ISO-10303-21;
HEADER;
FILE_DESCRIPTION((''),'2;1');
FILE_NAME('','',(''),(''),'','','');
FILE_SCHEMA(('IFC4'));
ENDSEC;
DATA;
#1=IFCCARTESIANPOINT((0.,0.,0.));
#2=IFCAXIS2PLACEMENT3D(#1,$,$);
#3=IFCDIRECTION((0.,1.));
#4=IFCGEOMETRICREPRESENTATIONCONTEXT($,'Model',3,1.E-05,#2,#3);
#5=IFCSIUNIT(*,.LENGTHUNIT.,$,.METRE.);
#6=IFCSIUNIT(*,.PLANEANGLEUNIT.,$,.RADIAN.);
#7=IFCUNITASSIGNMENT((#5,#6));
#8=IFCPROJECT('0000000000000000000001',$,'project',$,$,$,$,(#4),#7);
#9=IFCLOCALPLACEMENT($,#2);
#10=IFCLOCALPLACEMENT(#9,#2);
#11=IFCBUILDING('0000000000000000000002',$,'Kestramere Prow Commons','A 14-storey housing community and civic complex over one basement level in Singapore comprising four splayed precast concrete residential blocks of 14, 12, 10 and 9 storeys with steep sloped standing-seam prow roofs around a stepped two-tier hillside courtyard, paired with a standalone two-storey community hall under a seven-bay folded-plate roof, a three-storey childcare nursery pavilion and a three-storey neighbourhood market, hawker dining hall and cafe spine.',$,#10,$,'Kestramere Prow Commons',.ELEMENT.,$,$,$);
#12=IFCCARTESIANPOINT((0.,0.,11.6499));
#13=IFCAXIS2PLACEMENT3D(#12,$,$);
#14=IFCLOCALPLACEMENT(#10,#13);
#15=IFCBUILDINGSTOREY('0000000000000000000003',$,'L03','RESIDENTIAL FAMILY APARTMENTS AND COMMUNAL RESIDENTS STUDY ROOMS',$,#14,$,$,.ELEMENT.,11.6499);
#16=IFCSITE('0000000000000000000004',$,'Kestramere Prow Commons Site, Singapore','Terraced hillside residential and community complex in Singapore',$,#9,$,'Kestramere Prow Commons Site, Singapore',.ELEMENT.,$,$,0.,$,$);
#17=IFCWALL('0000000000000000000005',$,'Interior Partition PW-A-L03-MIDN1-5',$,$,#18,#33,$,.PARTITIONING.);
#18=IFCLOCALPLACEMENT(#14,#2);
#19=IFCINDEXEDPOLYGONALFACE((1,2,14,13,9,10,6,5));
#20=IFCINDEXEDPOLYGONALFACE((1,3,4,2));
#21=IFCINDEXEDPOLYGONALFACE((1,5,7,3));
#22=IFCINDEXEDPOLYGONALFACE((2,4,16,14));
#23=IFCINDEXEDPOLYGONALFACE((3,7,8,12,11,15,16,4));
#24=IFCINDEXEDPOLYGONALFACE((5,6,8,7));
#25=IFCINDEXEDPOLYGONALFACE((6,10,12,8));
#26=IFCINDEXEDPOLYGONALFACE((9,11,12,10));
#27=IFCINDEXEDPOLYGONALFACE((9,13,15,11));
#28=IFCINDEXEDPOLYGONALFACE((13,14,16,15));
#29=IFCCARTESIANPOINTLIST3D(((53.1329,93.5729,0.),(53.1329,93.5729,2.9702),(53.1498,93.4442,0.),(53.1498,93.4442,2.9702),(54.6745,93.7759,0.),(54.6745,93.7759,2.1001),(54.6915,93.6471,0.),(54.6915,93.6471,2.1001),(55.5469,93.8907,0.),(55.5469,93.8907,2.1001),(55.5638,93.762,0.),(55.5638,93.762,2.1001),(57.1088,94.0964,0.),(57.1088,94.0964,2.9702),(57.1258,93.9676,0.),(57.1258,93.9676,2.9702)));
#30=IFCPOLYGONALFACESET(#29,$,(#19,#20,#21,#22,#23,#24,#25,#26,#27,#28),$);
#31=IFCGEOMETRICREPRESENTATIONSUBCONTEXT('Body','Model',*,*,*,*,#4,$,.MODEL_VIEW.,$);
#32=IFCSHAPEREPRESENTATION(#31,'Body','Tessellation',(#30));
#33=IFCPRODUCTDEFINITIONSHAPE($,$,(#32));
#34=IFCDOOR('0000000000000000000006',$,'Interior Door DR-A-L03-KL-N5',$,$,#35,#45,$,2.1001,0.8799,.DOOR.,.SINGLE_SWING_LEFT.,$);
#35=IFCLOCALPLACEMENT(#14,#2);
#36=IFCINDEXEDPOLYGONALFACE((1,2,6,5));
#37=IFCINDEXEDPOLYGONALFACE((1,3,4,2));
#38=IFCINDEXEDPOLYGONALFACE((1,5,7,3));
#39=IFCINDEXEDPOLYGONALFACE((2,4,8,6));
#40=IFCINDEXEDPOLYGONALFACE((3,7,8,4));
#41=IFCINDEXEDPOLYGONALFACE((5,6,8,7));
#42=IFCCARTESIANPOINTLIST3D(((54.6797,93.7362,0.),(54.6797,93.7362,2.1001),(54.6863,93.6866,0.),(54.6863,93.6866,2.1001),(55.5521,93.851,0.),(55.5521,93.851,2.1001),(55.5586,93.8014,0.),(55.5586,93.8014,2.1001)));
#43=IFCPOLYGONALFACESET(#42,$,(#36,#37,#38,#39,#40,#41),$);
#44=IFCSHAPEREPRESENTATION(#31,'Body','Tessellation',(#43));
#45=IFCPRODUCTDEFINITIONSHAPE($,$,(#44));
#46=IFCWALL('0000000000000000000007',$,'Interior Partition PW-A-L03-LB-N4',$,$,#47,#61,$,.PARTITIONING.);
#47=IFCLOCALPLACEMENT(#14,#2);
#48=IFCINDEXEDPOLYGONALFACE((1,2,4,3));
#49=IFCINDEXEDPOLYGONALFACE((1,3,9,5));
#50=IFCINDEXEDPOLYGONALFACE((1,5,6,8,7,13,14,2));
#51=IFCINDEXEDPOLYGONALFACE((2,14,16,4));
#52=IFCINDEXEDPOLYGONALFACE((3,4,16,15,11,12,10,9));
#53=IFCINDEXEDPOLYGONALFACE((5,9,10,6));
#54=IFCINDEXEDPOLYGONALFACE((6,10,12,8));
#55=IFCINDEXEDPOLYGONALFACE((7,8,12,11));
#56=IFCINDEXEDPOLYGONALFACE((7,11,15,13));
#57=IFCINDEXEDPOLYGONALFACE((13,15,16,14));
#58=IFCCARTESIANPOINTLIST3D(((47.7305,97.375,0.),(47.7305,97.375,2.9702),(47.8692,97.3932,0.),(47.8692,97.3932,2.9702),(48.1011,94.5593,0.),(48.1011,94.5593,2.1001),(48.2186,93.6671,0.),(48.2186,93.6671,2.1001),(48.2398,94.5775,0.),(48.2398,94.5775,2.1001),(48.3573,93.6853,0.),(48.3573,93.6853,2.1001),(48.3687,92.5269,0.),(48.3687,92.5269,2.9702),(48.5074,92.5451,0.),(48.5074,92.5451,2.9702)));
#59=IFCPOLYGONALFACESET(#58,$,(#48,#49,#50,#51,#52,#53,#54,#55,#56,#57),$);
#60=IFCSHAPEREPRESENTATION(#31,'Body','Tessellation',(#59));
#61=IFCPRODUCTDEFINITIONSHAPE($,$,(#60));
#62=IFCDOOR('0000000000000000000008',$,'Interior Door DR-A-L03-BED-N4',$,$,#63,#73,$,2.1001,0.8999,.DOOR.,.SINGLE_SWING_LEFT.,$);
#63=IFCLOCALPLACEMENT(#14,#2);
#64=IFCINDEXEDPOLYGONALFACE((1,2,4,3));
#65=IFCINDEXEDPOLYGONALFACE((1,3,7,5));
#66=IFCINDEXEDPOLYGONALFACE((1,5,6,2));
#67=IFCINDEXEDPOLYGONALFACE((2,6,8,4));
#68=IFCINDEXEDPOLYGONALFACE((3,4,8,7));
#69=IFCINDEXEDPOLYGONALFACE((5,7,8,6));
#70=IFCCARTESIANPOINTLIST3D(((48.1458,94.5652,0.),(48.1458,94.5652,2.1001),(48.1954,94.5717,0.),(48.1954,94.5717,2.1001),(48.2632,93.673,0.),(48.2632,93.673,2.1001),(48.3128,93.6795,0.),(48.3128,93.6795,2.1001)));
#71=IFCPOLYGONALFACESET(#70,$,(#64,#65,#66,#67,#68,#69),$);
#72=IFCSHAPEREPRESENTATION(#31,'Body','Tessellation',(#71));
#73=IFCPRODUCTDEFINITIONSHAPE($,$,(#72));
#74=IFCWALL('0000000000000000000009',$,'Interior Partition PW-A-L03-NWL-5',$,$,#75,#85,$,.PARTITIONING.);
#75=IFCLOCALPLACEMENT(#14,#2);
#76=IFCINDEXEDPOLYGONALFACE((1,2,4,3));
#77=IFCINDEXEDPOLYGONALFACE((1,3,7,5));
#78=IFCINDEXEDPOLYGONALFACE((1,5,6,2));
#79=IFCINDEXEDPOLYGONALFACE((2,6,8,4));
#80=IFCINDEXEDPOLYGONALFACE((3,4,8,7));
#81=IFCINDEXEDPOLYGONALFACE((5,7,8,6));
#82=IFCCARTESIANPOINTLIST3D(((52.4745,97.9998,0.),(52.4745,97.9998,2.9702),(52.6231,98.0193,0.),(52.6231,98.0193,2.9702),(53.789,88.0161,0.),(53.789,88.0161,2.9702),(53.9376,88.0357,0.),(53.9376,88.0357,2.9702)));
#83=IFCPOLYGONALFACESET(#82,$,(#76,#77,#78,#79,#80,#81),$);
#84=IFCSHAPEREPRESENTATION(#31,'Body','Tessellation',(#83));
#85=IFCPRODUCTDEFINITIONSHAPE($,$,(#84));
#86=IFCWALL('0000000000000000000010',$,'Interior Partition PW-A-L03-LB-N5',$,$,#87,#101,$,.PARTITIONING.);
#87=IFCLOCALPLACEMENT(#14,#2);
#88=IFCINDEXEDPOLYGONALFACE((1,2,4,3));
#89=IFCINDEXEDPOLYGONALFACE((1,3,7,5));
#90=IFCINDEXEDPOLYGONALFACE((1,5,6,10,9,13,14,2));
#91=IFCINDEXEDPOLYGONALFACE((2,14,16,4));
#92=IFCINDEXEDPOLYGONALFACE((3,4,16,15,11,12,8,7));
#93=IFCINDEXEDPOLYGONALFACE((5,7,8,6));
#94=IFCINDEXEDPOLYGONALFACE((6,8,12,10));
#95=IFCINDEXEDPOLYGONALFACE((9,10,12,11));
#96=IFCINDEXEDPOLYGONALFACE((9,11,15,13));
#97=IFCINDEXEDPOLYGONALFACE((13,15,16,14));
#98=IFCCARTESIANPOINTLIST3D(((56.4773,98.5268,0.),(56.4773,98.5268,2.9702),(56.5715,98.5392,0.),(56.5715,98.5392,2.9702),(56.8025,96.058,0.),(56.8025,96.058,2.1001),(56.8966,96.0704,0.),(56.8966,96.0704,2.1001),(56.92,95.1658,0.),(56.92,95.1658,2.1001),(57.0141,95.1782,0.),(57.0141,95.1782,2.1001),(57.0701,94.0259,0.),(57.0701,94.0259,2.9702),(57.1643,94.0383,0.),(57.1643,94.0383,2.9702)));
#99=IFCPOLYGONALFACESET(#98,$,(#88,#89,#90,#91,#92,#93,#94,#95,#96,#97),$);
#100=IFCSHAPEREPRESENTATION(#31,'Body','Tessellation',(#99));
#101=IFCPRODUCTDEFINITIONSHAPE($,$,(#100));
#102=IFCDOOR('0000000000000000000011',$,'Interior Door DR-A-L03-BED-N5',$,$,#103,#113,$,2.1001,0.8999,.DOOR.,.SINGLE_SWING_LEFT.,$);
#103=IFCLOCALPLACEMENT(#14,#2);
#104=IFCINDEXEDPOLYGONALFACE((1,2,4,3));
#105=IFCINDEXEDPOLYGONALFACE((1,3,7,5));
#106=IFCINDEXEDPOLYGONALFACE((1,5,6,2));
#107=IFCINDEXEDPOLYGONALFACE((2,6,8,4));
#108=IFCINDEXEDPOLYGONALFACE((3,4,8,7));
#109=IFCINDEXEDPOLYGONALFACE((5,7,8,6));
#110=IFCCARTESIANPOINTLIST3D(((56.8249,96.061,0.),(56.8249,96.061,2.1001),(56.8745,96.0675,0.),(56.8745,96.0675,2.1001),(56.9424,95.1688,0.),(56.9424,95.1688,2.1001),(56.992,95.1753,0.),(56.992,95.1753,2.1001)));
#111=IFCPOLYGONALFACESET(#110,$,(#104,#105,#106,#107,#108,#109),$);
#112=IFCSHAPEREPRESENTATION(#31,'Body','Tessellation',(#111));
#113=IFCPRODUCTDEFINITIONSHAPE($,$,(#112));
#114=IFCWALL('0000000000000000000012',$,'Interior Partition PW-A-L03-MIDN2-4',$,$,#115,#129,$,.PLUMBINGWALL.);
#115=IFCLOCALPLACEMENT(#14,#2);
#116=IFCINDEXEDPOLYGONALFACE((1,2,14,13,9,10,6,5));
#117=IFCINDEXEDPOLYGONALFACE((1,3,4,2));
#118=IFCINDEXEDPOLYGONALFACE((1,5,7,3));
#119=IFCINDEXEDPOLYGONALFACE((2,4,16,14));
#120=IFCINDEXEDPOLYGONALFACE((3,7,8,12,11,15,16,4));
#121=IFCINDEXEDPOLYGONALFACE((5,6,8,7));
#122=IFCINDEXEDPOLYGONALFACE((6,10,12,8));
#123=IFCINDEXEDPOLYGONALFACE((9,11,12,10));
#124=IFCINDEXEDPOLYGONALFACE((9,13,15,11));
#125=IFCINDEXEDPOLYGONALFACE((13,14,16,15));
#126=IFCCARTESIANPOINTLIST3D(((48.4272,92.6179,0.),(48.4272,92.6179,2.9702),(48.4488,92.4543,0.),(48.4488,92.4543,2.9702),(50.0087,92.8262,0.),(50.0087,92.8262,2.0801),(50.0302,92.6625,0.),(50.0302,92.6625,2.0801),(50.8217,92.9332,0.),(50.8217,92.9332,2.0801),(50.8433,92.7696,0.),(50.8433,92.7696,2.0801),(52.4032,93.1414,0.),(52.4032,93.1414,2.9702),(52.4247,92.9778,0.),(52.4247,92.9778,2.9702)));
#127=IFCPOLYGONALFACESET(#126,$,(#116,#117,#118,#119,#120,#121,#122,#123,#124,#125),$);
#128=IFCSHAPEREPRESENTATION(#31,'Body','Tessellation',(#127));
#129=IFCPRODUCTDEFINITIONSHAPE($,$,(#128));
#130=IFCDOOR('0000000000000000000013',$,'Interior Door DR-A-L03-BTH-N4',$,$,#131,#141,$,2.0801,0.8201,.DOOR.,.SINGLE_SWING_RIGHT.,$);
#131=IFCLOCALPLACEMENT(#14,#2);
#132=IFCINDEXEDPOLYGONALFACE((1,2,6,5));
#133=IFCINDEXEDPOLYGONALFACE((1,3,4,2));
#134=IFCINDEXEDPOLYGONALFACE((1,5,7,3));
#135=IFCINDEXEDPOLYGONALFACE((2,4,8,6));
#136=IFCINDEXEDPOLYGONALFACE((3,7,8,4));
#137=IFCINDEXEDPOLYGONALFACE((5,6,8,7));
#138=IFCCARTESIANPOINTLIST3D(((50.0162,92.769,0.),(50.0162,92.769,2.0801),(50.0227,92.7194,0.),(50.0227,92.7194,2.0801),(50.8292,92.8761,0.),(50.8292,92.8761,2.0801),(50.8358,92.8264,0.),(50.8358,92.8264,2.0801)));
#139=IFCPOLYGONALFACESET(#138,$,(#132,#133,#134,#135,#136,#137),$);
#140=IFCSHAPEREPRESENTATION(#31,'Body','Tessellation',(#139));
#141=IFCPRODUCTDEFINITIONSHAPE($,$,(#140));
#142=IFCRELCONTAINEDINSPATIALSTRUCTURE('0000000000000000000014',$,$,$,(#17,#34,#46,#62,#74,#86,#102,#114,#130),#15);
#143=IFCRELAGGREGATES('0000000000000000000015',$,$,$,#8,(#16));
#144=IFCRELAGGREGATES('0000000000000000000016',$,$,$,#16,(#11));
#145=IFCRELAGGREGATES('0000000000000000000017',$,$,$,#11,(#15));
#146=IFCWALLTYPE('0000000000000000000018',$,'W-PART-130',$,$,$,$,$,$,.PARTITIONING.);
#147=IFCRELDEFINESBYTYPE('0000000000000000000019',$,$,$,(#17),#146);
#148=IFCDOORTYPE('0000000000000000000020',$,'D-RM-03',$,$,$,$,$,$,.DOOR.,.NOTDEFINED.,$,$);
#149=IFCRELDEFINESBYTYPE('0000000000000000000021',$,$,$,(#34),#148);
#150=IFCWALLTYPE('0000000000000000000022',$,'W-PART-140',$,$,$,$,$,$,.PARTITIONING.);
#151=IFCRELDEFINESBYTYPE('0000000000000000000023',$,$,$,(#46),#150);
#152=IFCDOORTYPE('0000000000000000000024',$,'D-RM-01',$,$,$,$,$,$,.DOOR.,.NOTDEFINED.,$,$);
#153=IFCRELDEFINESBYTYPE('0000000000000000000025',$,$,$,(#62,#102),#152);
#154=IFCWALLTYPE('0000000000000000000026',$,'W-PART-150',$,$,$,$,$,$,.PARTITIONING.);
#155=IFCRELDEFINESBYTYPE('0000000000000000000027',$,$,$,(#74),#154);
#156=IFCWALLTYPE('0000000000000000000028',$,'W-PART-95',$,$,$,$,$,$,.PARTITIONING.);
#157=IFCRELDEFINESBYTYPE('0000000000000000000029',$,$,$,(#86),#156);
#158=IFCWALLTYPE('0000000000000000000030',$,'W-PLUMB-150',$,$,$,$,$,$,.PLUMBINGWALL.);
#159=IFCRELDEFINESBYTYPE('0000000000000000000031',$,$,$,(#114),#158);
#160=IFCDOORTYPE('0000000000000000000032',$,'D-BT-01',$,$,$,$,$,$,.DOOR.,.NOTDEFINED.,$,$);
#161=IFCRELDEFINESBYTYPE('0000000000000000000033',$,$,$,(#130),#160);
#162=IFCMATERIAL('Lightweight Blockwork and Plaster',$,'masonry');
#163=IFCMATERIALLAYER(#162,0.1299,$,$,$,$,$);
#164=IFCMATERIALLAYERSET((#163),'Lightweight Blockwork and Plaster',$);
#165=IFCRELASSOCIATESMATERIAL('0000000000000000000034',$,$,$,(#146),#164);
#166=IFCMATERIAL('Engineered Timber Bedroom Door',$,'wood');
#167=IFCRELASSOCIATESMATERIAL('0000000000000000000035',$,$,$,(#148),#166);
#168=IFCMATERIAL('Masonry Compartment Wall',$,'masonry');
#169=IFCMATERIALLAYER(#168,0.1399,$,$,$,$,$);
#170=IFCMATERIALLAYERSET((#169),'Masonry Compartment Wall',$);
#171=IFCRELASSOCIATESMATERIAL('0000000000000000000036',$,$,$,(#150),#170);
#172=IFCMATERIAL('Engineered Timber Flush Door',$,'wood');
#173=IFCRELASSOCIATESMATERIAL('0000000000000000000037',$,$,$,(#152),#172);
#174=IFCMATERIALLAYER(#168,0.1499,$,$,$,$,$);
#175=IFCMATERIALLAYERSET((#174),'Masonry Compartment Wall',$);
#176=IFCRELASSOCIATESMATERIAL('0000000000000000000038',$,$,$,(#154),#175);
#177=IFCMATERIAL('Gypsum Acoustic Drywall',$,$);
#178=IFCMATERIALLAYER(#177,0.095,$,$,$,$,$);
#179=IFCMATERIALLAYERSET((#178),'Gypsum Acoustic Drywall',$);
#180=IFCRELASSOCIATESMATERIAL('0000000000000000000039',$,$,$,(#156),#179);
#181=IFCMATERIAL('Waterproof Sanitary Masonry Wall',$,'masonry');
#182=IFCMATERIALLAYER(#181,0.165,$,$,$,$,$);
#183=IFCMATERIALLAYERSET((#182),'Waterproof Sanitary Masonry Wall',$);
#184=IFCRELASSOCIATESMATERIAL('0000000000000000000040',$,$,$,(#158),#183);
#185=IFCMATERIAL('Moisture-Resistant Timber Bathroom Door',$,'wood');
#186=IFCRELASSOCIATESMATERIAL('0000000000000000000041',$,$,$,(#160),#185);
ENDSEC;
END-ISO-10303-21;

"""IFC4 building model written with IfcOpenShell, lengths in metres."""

from ifc_helpers import new_model, si_unit, direction, frame, frame_2d, origin, place, context, subcontext, project, spatial, rectangle, extrude, material, layer, layer_set, type_object, element, fill, save


model = new_model("IFC4")

# Units and contexts
model_context = context("Model", 3, precision=1e-05, world=origin(), true_north=direction((0.0, 1.0)))
body_context = subcontext(model_context, "Body", "Model", "MODEL_VIEW")
ifc_project = project(units=[si_unit("LENGTHUNIT", "METRE"), si_unit("PLANEANGLEUNIT", "RADIAN")], contexts=[model_context])

# Site, building, storey
site_placement = place(None, origin())
site = spatial("IfcSite", under=ifc_project, at=site_placement, Name="Kestramere Prow Commons Site, Singapore", Description="Terraced hillside residential and community complex in Singapore", LongName="Kestramere Prow Commons Site, Singapore", CompositionType="ELEMENT", RefElevation=0.0)
building_placement = place(site_placement, origin())
building = spatial("IfcBuilding", under=site, at=building_placement, Name="Kestramere Prow Commons", Description="A 14-storey housing community and civic complex over one basement level in Singapore comprising four splayed precast concrete residential blocks of 14, 12, 10 and 9 storeys with steep sloped standing-seam prow roofs around a stepped two-tier hillside courtyard, paired with a standalone two-storey community hall under a seven-bay folded-plate roof, a three-storey childcare nursery pavilion and a three-storey neighbourhood market, hawker dining hall and cafe spine.", LongName="Kestramere Prow Commons", CompositionType="ELEMENT")
storey_placement = place(building_placement, frame((0.0, 0.0, 11.6499)))
storey = spatial("IfcBuildingStorey", under=building, at=storey_placement, Name="L03", Description="RESIDENTIAL FAMILY APARTMENTS AND COMMUNAL RESIDENTS STUDY ROOMS", CompositionType="ELEMENT", Elevation=11.6499)

# Walls, openings, doors
ifc_material_1 = material(Name="Lightweight Blockwork and Plaster", Category="masonry")
ifc_layer_1 = layer(ifc_material_1, 0.1299)
ifc_layer_set_1 = layer_set([ifc_layer_1], Name="Lightweight Blockwork and Plaster")
wall_type_1 = type_object("IfcWallType", Name="W-PART-130", PredefinedType="PARTITIONING", material=ifc_layer_set_1)
wall_1_placement = place(storey_placement, frame((53.1414, 93.5085, 0.0), z_axis=(0.0, 0.0, 1.0), x_axis=(0.991445, 0.130529, 0.0)))
wall_1 = element("IfcWall", 1, at=wall_1_placement, inside=storey, type_object=wall_type_1, Name="Interior Partition PW-A-L03-MIDN1-5", PredefinedType="PARTITIONING", context=body_context, shape_type="SweptSolid", body=[
    extrude(rectangle(XDim=4.0103, YDim=0.1299, at=frame_2d((2.0051, 0.0))), origin(), (0.0, 0.0, 1.0), 2.9702),
])
opening_1_placement = place(wall_1_placement, frame((1.5549, 0.0, 0.0)))
opening_1 = element("IfcOpeningElement", 2, at=opening_1_placement, cuts=wall_1, PredefinedType="OPENING", context=body_context, shape_type="SweptSolid", body=[
    extrude(rectangle(XDim=0.8799, YDim=2.1001, at=frame_2d((0.4399, 1.05))), frame((0.0, 0.0798, 0.0), z_axis=(0.0, -1.0, 0.0), x_axis=(1.0, 0.0, 0.0)), (0.0, 0.0, 1.0), 0.1599),
])
ifc_material_2 = material(Name="Engineered Timber Bedroom Door", Category="wood")
door_type_1 = type_object("IfcDoorType", Name="D-RM-03", OperationType="NOTDEFINED", PredefinedType="DOOR", material=ifc_material_2)
door_1_placement = place(opening_1_placement, origin())
door_1 = element("IfcDoor", 3, at=door_1_placement, inside=storey, type_object=door_type_1, Name="Interior Door DR-A-L03-KL-N5", OperationType="SINGLE_SWING_LEFT", OverallHeight=2.1001, OverallWidth=0.8799, PredefinedType="DOOR", context=body_context, shape_type="SweptSolid", body=[
    extrude(rectangle(XDim=0.8799, YDim=2.1001, at=frame_2d((0.4399, 1.05))), frame((0.0, 0.0249, 0.0), z_axis=(0.0, -1.0, 0.0), x_axis=(1.0, 0.0, 0.0)), (0.0, 0.0, 1.0), 0.05),
])
fill(opening_1, door_1)
ifc_material_3 = material(Name="Masonry Compartment Wall", Category="masonry")
ifc_layer_2 = layer(ifc_material_3, 0.1399)
ifc_layer_set_2 = layer_set([ifc_layer_2], Name="Masonry Compartment Wall")
wall_type_2 = type_object("IfcWallType", Name="W-PART-140", PredefinedType="PARTITIONING", material=ifc_layer_set_2)
wall_2_placement = place(storey_placement, frame((48.438, 92.5361, 0.0), z_axis=(0.0, 0.0, 1.0), x_axis=(-0.130509, 0.991447, 0.0)))
wall_2 = element("IfcWall", 4, at=wall_2_placement, inside=storey, type_object=wall_type_2, Name="Interior Partition PW-A-L03-LB-N4", PredefinedType="PARTITIONING", context=body_context, shape_type="SweptSolid", body=[
    extrude(rectangle(XDim=4.8899, YDim=0.1399, at=frame_2d((2.4448, 0.0))), origin(), (0.0, 0.0, 1.0), 2.9702),
])
opening_2_placement = place(wall_2_placement, frame((1.1499, 0.0, 0.0)))
opening_2 = element("IfcOpeningElement", 5, at=opening_2_placement, cuts=wall_2, PredefinedType="OPENING", context=body_context, shape_type="SweptSolid", body=[
    extrude(rectangle(XDim=0.8999, YDim=2.1001, at=frame_2d((0.45, 1.05))), frame((0.0, 0.085, 0.0), z_axis=(0.0, -1.0, 0.0), x_axis=(1.0, 0.0, 0.0)), (0.0, 0.0, 1.0), 0.1699),
])
ifc_material_4 = material(Name="Engineered Timber Flush Door", Category="wood")
door_type_2 = type_object("IfcDoorType", Name="D-RM-01", OperationType="NOTDEFINED", PredefinedType="DOOR", material=ifc_material_4)
door_2_placement = place(opening_2_placement, origin())
door_2 = element("IfcDoor", 6, at=door_2_placement, inside=storey, type_object=door_type_2, Name="Interior Door DR-A-L03-BED-N4", OperationType="SINGLE_SWING_LEFT", OverallHeight=2.1001, OverallWidth=0.8999, PredefinedType="DOOR", context=body_context, shape_type="SweptSolid", body=[
    extrude(rectangle(XDim=0.8999, YDim=2.1001, at=frame_2d((0.45, 1.05))), frame((0.0, 0.0249, 0.0), z_axis=(0.0, -1.0, 0.0), x_axis=(1.0, 0.0, 0.0)), (0.0, 0.0, 1.0), 0.05),
])
fill(opening_2, door_2)

# Wall
ifc_layer_3 = layer(ifc_material_3, 0.1499)
ifc_layer_set_3 = layer_set([ifc_layer_3], Name="Masonry Compartment Wall")
wall_type_3 = type_object("IfcWallType", Name="W-PART-150", PredefinedType="PARTITIONING", material=ifc_layer_set_3)
wall_3_placement = place(storey_placement, frame((53.8633, 88.0259, 0.0), z_axis=(0.0, 0.0, 1.0), x_axis=(-0.130534, 0.991444, 0.0)))
element("IfcWall", 7, at=wall_3_placement, inside=storey, type_object=wall_type_3, Name="Interior Partition PW-A-L03-NWL-5", PredefinedType="PARTITIONING", context=body_context, shape_type="SweptSolid", body=[
    extrude(rectangle(XDim=10.0698, YDim=0.1499, at=frame_2d((5.0349, 0.0))), origin(), (0.0, 0.0, 1.0), 2.9702),
])

# Walls, openings, doors
ifc_material_5 = material(Name="Gypsum Acoustic Drywall")
ifc_layer_4 = layer(ifc_material_5, 0.095)
ifc_layer_set_4 = layer_set([ifc_layer_4], Name="Gypsum Acoustic Drywall")
wall_type_4 = type_object("IfcWallType", Name="W-PART-95", PredefinedType="PARTITIONING", material=ifc_layer_set_4)
wall_4_placement = place(storey_placement, frame((57.1172, 94.032, 0.0), z_axis=(0.0, 0.0, 1.0), x_axis=(-0.130571, 0.991439, 0.0)))
wall_4 = element("IfcWall", 8, at=wall_4_placement, inside=storey, type_object=wall_type_4, Name="Interior Partition PW-A-L03-LB-N5", PredefinedType="PARTITIONING", context=body_context, shape_type="SweptSolid", body=[
    extrude(rectangle(XDim=4.5398, YDim=0.095, at=frame_2d((2.27, 0.0))), origin(), (0.0, 0.0, 1.0), 2.9702),
])
opening_3_placement = place(wall_4_placement, frame((1.1499, 0.0, 0.0)))
opening_3 = element("IfcOpeningElement", 9, at=opening_3_placement, cuts=wall_4, PredefinedType="OPENING", context=body_context, shape_type="SweptSolid", body=[
    extrude(rectangle(XDim=0.8999, YDim=2.1001, at=frame_2d((0.45, 1.05))), frame((0.0, 0.0625, 0.0), z_axis=(0.0, -1.0, 0.0), x_axis=(1.0, 0.0, 0.0)), (0.0, 0.0, 1.0), 0.125),
])
door_3_placement = place(opening_3_placement, origin())
door_3 = element("IfcDoor", 10, at=door_3_placement, inside=storey, type_object=door_type_2, Name="Interior Door DR-A-L03-BED-N5", OperationType="SINGLE_SWING_LEFT", OverallHeight=2.1001, OverallWidth=0.8999, PredefinedType="DOOR", context=body_context, shape_type="SweptSolid", body=[
    extrude(rectangle(XDim=0.8999, YDim=2.1001, at=frame_2d((0.45, 1.05))), frame((0.0, 0.0249, 0.0), z_axis=(0.0, -1.0, 0.0), x_axis=(1.0, 0.0, 0.0)), (0.0, 0.0, 1.0), 0.05),
])
fill(opening_3, door_3)
ifc_material_6 = material(Name="Waterproof Sanitary Masonry Wall", Category="masonry")
ifc_layer_5 = layer(ifc_material_6, 0.165)
ifc_layer_set_5 = layer_set([ifc_layer_5], Name="Waterproof Sanitary Masonry Wall")
wall_type_5 = type_object("IfcWallType", Name="W-PLUMB-150", PredefinedType="PLUMBINGWALL", material=ifc_layer_set_5)
wall_5_placement = place(storey_placement, frame((48.438, 92.5361, 0.0), z_axis=(0.0, 0.0, 1.0), x_axis=(0.991445, 0.130529, 0.0)))
wall_5 = element("IfcWall", 11, at=wall_5_placement, inside=storey, type_object=wall_type_5, Name="Interior Partition PW-A-L03-MIDN2-4", PredefinedType="PLUMBINGWALL", context=body_context, shape_type="SweptSolid", body=[
    extrude(rectangle(XDim=4.0103, YDim=0.165, at=frame_2d((2.0051, 0.0))), origin(), (0.0, 0.0, 1.0), 2.9702),
])
opening_4_placement = place(wall_5_placement, frame((1.595, 0.0, 0.0)))
opening_4 = element("IfcOpeningElement", 12, at=opening_4_placement, cuts=wall_5, PredefinedType="OPENING", context=body_context, shape_type="SweptSolid", body=[
    extrude(rectangle(XDim=0.8201, YDim=2.0801, at=frame_2d((0.4102, 1.04))), frame((0.0, 0.0974, 0.0), z_axis=(0.0, -1.0, 0.0), x_axis=(1.0, 0.0, 0.0)), (0.0, 0.0, 1.0), 0.1951),
])
ifc_material_7 = material(Name="Moisture-Resistant Timber Bathroom Door", Category="wood")
door_type_3 = type_object("IfcDoorType", Name="D-BT-01", OperationType="NOTDEFINED", PredefinedType="DOOR", material=ifc_material_7)
door_4_placement = place(opening_4_placement, origin())
door_4 = element("IfcDoor", 13, at=door_4_placement, inside=storey, type_object=door_type_3, Name="Interior Door DR-A-L03-BTH-N4", OperationType="SINGLE_SWING_RIGHT", OverallHeight=2.0801, OverallWidth=0.8201, PredefinedType="DOOR", context=body_context, shape_type="SweptSolid", body=[
    extrude(rectangle(XDim=0.8201, YDim=2.0801, at=frame_2d((0.4102, 1.04))), frame((0.0, 0.0249, 0.0), z_axis=(0.0, -1.0, 0.0), x_axis=(1.0, 0.0, 0.0)), (0.0, 0.0, 1.0), 0.05),
])
fill(opening_4, door_4)

save(model, "model.ifc")
